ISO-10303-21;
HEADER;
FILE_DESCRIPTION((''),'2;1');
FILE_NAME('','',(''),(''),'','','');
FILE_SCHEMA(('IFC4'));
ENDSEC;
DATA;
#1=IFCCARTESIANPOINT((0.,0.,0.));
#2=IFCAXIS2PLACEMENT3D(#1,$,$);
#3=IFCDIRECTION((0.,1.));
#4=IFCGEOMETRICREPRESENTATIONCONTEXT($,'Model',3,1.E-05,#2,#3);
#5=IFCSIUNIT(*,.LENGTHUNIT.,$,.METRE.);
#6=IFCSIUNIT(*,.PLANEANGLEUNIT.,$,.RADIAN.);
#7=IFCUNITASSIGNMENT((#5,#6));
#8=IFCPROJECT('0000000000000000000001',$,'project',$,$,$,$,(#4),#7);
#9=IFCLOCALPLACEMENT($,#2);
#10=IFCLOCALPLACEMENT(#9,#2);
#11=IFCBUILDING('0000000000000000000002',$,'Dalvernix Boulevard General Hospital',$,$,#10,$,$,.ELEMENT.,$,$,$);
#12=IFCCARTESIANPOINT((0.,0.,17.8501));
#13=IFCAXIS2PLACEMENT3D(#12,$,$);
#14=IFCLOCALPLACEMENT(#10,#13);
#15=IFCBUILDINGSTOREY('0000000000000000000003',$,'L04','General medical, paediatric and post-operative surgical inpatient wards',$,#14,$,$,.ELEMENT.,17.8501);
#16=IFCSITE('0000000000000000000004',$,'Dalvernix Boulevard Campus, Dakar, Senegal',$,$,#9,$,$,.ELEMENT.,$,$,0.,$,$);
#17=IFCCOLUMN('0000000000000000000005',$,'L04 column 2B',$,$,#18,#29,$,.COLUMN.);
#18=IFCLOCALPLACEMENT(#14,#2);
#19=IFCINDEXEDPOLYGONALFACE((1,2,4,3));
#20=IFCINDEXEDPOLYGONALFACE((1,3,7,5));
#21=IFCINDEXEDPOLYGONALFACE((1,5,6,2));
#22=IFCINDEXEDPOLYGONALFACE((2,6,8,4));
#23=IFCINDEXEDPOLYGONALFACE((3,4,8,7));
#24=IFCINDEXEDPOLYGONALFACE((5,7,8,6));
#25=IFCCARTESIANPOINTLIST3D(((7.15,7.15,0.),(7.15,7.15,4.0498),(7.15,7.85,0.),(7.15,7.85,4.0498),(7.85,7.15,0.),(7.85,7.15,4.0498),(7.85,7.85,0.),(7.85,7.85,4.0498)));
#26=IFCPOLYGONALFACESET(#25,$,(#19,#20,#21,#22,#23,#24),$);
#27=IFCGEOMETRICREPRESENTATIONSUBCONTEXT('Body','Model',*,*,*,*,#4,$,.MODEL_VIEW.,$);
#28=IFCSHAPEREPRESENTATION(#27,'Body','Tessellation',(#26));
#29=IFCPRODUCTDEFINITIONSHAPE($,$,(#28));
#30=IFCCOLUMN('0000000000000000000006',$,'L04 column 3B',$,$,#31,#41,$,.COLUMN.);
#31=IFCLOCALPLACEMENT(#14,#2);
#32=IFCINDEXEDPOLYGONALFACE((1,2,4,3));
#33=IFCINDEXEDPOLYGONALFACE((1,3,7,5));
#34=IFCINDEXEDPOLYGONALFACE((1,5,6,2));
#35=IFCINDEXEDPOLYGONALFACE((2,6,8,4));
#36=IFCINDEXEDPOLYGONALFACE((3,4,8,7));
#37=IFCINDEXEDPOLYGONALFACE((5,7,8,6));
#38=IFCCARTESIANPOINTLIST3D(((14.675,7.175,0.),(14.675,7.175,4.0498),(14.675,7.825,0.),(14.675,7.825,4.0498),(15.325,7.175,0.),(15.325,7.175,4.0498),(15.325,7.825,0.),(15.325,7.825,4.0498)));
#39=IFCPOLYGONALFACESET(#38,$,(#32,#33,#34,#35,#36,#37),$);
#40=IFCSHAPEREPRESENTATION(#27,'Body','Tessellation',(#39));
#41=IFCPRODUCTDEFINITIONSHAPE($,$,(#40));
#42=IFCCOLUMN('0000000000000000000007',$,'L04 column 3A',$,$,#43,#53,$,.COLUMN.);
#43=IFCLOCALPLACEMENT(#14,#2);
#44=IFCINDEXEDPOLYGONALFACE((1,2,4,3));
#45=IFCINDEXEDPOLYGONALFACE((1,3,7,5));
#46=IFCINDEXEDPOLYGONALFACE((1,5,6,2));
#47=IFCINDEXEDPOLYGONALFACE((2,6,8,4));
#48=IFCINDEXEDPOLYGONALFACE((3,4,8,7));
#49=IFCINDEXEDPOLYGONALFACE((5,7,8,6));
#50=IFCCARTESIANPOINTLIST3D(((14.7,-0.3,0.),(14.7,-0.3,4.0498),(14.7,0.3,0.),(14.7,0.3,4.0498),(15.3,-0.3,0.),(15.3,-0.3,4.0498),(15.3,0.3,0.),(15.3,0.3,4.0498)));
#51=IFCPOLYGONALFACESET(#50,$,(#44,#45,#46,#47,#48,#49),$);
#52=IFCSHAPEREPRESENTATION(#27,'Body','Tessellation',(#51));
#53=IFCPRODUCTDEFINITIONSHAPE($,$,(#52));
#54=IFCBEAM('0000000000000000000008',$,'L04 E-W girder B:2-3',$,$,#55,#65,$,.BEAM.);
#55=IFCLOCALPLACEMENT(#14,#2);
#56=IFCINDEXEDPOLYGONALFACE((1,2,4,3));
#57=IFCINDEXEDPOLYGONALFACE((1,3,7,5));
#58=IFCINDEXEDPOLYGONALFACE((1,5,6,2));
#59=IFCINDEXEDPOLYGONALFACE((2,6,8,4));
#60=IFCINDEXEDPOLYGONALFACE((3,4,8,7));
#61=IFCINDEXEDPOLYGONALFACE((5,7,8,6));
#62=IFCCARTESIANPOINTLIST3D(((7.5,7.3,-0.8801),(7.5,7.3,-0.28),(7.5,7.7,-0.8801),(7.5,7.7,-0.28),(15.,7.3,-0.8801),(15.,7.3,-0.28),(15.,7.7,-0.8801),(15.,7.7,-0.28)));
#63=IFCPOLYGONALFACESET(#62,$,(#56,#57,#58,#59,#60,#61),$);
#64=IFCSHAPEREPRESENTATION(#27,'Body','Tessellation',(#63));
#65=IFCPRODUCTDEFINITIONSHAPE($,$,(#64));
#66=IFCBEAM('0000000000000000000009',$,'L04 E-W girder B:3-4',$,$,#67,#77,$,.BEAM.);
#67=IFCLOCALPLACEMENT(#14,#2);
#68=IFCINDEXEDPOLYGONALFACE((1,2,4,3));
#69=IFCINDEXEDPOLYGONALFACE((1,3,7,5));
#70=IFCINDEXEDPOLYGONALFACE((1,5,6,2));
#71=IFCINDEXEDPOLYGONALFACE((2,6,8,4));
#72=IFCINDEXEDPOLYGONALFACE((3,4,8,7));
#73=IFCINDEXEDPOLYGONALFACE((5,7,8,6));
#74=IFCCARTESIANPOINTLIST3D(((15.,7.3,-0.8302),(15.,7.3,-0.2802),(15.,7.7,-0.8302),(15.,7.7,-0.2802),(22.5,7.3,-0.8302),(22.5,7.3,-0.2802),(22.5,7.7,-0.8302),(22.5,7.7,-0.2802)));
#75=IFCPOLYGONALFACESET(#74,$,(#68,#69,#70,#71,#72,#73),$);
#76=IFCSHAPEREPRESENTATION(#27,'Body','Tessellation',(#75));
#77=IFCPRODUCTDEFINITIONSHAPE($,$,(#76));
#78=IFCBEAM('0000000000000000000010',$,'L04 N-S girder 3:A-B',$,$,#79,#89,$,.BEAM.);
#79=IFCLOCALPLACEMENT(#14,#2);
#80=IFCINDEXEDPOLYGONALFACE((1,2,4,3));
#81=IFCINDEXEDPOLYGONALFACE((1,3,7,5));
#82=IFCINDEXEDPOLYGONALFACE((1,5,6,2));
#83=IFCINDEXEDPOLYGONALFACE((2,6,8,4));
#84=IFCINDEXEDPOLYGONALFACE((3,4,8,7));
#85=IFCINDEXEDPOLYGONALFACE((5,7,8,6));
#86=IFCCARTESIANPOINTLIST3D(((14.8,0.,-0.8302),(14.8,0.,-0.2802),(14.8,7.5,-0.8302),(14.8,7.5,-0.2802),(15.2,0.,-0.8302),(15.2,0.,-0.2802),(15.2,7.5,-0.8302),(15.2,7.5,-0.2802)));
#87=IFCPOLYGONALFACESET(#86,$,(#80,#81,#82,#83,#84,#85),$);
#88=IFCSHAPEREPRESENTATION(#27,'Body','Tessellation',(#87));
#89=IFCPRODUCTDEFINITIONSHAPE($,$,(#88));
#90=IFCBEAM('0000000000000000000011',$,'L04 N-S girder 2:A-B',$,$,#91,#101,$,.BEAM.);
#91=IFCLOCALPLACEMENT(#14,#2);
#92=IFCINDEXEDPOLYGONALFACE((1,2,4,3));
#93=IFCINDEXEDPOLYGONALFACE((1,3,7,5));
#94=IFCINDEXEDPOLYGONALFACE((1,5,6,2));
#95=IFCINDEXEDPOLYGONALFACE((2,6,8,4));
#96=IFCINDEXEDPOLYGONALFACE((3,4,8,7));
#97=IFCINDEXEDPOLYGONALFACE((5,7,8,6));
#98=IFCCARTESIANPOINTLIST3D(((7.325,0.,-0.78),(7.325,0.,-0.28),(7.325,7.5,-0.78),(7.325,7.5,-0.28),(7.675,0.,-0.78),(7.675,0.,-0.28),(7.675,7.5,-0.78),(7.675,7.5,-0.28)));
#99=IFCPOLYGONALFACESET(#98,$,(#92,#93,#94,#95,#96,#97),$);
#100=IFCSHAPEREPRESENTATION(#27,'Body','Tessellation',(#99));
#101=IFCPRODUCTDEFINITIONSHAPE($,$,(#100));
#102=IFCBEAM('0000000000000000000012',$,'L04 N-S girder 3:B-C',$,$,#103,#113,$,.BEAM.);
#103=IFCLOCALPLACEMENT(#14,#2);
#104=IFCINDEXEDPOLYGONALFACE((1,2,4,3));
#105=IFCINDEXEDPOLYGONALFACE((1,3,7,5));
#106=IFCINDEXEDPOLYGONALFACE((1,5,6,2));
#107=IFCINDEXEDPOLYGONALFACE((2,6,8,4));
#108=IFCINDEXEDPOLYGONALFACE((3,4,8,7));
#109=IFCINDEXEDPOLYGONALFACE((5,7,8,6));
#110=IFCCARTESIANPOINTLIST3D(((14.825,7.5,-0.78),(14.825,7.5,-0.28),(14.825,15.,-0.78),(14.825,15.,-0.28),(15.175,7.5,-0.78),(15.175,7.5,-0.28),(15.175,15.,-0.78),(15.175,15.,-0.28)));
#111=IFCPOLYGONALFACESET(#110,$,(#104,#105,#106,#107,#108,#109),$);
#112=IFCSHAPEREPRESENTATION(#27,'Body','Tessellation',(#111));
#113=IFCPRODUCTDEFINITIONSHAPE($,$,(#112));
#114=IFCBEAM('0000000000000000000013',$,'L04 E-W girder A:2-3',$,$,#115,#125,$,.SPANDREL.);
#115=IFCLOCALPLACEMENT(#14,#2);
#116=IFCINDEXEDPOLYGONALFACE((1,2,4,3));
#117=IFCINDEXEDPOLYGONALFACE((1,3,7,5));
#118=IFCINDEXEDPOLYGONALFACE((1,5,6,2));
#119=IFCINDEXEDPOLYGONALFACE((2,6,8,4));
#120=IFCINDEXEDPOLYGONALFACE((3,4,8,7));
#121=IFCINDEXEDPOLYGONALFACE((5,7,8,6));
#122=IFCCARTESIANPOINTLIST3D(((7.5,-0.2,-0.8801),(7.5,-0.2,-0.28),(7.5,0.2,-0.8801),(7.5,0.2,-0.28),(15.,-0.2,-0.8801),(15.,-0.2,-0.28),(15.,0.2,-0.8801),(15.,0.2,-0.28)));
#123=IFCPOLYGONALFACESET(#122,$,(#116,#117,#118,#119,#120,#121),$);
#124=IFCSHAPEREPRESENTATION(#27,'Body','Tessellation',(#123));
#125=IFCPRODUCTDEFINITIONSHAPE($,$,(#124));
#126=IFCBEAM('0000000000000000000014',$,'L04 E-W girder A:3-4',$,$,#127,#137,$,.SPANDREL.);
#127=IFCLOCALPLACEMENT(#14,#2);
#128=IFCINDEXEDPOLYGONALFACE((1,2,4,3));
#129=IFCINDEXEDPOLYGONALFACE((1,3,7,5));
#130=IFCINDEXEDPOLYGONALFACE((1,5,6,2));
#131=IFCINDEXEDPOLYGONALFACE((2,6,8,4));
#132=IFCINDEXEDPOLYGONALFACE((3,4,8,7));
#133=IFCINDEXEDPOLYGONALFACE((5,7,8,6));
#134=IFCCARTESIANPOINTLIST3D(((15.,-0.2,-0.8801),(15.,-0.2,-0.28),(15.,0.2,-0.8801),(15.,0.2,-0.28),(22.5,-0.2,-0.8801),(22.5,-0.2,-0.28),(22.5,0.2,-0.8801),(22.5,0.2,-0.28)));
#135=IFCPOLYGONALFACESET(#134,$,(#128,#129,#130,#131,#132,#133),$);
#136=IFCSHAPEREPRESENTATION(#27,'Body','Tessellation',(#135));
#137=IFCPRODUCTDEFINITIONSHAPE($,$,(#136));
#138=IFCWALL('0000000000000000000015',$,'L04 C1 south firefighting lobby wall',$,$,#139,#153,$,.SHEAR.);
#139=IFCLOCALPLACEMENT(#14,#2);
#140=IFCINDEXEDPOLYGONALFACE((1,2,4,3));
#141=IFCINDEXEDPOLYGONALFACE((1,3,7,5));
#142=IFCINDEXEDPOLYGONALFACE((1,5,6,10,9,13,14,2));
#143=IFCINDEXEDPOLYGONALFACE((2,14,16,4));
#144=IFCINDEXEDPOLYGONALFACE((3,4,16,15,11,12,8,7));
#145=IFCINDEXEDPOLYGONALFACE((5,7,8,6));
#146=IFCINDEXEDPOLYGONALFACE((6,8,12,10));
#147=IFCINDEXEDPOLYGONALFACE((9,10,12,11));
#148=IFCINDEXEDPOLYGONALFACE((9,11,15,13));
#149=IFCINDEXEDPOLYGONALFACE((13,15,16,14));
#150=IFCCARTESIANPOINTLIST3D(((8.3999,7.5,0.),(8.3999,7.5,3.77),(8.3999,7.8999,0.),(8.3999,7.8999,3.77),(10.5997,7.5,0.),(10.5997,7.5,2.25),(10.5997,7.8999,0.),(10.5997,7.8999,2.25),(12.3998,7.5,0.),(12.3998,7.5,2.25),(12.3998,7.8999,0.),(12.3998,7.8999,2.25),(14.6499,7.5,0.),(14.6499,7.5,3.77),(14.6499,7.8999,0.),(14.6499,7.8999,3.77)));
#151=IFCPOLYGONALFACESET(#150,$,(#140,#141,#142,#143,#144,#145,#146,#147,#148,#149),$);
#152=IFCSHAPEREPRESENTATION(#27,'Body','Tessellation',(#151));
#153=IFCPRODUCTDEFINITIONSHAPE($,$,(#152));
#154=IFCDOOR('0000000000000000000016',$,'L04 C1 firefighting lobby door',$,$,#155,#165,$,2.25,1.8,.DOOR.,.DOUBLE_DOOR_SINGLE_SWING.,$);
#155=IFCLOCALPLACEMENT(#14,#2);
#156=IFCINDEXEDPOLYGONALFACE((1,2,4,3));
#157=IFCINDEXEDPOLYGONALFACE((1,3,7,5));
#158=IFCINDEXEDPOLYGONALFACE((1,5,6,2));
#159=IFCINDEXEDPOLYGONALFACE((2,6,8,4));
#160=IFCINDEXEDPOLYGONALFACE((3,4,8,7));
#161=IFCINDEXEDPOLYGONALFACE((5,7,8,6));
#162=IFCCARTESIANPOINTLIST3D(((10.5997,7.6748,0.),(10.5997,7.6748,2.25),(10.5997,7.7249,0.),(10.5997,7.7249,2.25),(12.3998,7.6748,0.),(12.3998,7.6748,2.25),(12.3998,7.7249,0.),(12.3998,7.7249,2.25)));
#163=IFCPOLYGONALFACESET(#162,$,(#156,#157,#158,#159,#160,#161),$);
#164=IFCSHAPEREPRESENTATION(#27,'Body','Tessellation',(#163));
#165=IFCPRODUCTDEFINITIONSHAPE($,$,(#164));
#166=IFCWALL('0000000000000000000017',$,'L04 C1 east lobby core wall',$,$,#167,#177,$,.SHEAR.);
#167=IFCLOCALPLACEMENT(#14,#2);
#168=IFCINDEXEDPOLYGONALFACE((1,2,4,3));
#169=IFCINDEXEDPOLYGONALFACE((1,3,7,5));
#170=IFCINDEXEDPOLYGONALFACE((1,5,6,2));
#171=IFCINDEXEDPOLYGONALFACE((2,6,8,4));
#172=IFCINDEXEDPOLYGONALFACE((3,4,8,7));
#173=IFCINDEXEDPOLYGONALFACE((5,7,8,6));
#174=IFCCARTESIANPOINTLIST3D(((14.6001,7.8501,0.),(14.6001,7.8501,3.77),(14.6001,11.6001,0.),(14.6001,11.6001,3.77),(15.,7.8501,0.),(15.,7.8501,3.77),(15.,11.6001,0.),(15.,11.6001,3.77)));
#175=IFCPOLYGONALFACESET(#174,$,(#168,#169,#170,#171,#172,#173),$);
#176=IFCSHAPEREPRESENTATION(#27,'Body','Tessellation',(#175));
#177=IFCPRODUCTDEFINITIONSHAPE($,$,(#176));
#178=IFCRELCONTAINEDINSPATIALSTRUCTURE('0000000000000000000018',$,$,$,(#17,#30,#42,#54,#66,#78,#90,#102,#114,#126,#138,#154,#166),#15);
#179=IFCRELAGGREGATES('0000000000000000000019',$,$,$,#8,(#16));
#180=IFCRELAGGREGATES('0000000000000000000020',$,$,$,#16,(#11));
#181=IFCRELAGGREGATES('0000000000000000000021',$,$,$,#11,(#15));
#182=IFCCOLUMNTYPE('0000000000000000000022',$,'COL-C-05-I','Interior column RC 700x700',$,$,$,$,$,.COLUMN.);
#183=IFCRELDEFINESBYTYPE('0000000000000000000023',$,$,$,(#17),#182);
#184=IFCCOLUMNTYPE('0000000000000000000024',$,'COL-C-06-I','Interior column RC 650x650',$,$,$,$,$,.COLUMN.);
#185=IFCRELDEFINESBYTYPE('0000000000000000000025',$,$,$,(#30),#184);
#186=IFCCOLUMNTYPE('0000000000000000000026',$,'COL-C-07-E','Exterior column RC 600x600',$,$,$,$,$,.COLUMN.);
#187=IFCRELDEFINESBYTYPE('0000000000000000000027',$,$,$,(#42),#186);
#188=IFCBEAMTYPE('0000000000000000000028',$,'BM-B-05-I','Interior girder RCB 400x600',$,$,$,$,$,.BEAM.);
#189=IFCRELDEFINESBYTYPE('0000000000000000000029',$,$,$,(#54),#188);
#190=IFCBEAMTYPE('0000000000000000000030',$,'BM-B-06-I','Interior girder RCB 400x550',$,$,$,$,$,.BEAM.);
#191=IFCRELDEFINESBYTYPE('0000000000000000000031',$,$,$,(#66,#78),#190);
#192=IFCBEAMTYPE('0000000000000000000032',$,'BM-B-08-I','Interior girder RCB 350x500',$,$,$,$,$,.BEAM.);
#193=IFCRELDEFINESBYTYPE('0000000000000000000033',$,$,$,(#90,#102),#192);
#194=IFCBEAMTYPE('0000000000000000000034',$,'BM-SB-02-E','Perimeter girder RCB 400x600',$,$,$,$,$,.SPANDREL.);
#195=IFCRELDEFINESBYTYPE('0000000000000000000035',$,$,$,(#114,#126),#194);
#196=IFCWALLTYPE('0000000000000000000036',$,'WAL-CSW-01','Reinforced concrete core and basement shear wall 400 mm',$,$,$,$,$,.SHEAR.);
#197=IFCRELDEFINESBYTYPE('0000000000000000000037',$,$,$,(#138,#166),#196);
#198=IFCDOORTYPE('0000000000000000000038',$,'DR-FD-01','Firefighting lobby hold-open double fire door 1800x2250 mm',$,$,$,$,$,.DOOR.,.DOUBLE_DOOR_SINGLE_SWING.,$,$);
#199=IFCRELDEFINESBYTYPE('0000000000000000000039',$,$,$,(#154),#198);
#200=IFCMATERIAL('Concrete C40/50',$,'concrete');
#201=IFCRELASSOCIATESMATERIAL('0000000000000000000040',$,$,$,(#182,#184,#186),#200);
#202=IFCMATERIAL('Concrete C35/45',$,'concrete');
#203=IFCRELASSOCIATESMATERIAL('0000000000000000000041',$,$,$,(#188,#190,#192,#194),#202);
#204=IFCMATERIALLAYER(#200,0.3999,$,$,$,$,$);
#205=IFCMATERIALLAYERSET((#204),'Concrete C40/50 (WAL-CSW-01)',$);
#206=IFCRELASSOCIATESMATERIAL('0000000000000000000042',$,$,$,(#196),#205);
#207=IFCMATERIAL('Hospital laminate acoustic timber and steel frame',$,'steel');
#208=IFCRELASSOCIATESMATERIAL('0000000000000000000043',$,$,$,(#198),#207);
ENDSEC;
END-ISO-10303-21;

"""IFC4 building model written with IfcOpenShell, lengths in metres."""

from ifc_helpers import new_model, si_unit, direction, frame, frame_2d, origin, origin_2d, place, context, subcontext, project, spatial, rectangle, extrude, material, layer, layer_set, material_profile, profile_set, type_object, element, fill, save


model = new_model("IFC4")

# Units and contexts
model_context = context("Model", 3, precision=1e-05, world=origin(), true_north=direction((0.0, 1.0)))
body_context = subcontext(model_context, "Body", "Model", "MODEL_VIEW")
ifc_project = project(units=[si_unit("LENGTHUNIT", "METRE"), si_unit("PLANEANGLEUNIT", "RADIAN")], contexts=[model_context])

# Site, building, storey
site_placement = place(None, origin())
site = spatial("IfcSite", under=ifc_project, at=site_placement, Name="Dalvernix Boulevard Campus, Dakar, Senegal", CompositionType="ELEMENT", RefElevation=0.0)
building_placement = place(site_placement, origin())
building = spatial("IfcBuilding", under=site, at=building_placement, Name="Dalvernix Boulevard General Hospital", CompositionType="ELEMENT")
storey_placement = place(building_placement, frame((0.0, 0.0, 17.8501)))
storey = spatial("IfcBuildingStorey", under=building, at=storey_placement, Name="L04", Description="General medical, paediatric and post-operative surgical inpatient wards", CompositionType="ELEMENT", Elevation=17.8501)

# Columns
ifc_material_1 = material(Name="Concrete C40/50", Category="concrete")
ifc_material_profile_1 = material_profile(ifc_material_1, rectangle(XDim=0.7, YDim=0.7, at=origin_2d()), Name="RC 700x700")
ifc_profile_set_1 = profile_set([ifc_material_profile_1], Name="Concrete C40/50")
column_type_1 = type_object("IfcColumnType", Name="COL-C-05-I", Description="Interior column RC 700x700", PredefinedType="COLUMN", material=ifc_profile_set_1)
column_1_placement = place(storey_placement, frame((7.5, 7.5, 0.0), z_axis=(0.0, 0.0, 1.0), x_axis=(1.0, 0.0, 0.0)))
element("IfcColumn", 1, at=column_1_placement, inside=storey, type_object=column_type_1, Name="L04 column 2B", PredefinedType="COLUMN", context=body_context, shape_type="SweptSolid", body=[
    extrude(rectangle(XDim=0.7, YDim=0.7, at=origin_2d()), origin(), (0.0, 0.0, 1.0), 4.0498),
])
ifc_material_profile_2 = material_profile(ifc_material_1, rectangle(XDim=0.6499, YDim=0.6499, at=origin_2d()), Name="RC 650x650")
ifc_profile_set_2 = profile_set([ifc_material_profile_2], Name="Concrete C40/50")
column_type_2 = type_object("IfcColumnType", Name="COL-C-06-I", Description="Interior column RC 650x650", PredefinedType="COLUMN", material=ifc_profile_set_2)
column_2_placement = place(storey_placement, frame((15.0, 7.5, 0.0), z_axis=(0.0, 0.0, 1.0), x_axis=(1.0, 0.0, 0.0)))
element("IfcColumn", 2, at=column_2_placement, inside=storey, type_object=column_type_2, Name="L04 column 3B", PredefinedType="COLUMN", context=body_context, shape_type="SweptSolid", body=[
    extrude(rectangle(XDim=0.6499, YDim=0.6499, at=origin_2d()), origin(), (0.0, 0.0, 1.0), 4.0498),
])
ifc_material_profile_3 = material_profile(ifc_material_1, rectangle(XDim=0.6001, YDim=0.6001, at=origin_2d()), Name="RC 600x600")
ifc_profile_set_3 = profile_set([ifc_material_profile_3], Name="Concrete C40/50")
column_type_3 = type_object("IfcColumnType", Name="COL-C-07-E", Description="Exterior column RC 600x600", PredefinedType="COLUMN", material=ifc_profile_set_3)
column_3_placement = place(storey_placement, frame((15.0, 0.0, 0.0), z_axis=(0.0, 0.0, 1.0), x_axis=(1.0, 0.0, 0.0)))
element("IfcColumn", 3, at=column_3_placement, inside=storey, type_object=column_type_3, Name="L04 column 3A", PredefinedType="COLUMN", context=body_context, shape_type="SweptSolid", body=[
    extrude(rectangle(XDim=0.6001, YDim=0.6001, at=origin_2d()), origin(), (0.0, 0.0, 1.0), 4.0498),
])

# Beams
ifc_material_2 = material(Name="Concrete C35/45", Category="concrete")
ifc_material_profile_4 = material_profile(ifc_material_2, rectangle(XDim=0.3999, YDim=0.6001, at=origin_2d()), Name="RCB 400x600")
ifc_profile_set_4 = profile_set([ifc_material_profile_4], Name="Concrete C35/45")
beam_type_1 = type_object("IfcBeamType", Name="BM-B-05-I", Description="Interior girder RCB 400x600", PredefinedType="BEAM", material=ifc_profile_set_4)
beam_placement = place(storey_placement, frame((7.5, 7.5, -0.5801), z_axis=(1.0, 0.0, 0.0), x_axis=(0.0, 1.0, 0.0)))
element("IfcBeam", 4, at=beam_placement, inside=storey, type_object=beam_type_1, Name="L04 E-W girder B:2-3", PredefinedType="BEAM", context=body_context, shape_type="SweptSolid", body=[
    extrude(rectangle(XDim=0.3999, YDim=0.6001, at=origin_2d()), origin(), (0.0, 0.0, 1.0), 7.5),
])
ifc_material_profile_5 = material_profile(ifc_material_2, rectangle(XDim=0.3999, YDim=0.55, at=origin_2d()), Name="RCB 400x550")
ifc_profile_set_5 = profile_set([ifc_material_profile_5], Name="Concrete C35/45")
beam_type_2 = type_object("IfcBeamType", Name="BM-B-06-I", Description="Interior girder RCB 400x550", PredefinedType="BEAM", material=ifc_profile_set_5)
for number, where, z_axis, x_axis, name in (
    (5, (15.0, 7.5, -0.5552), (1.0, 0.0, 0.0), (0.0, 1.0, 0.0), "L04 E-W girder B:3-4"),
    (6, (15.0, 0.0, -0.5552), (0.0, 1.0, 0.0), (-1.0, 0.0, 0.0), "L04 N-S girder 3:A-B"),
):
    element("IfcBeam", number, at=place(storey_placement, frame(where, z_axis=z_axis, x_axis=x_axis)), inside=storey, type_object=beam_type_2, Name=name, PredefinedType="BEAM", context=body_context, shape_type="SweptSolid", body=[
        extrude(rectangle(XDim=0.3999, YDim=0.55, at=origin_2d()), origin(), (0.0, 0.0, 1.0), 7.5),
    ])
ifc_material_profile_6 = material_profile(ifc_material_2, rectangle(XDim=0.3501, YDim=0.5, at=origin_2d()), Name="RCB 350x500")
ifc_profile_set_6 = profile_set([ifc_material_profile_6], Name="Concrete C35/45")
beam_type_3 = type_object("IfcBeamType", Name="BM-B-08-I", Description="Interior girder RCB 350x500", PredefinedType="BEAM", material=ifc_profile_set_6)
for number, where, z_axis, x_axis, name in (
    (7, (7.5, 0.0, -0.53), (0.0, 1.0, 0.0), (-1.0, 0.0, 0.0), "L04 N-S girder 2:A-B"),
    (8, (15.0, 7.5, -0.53), (0.0, 1.0, 0.0), (-1.0, 0.0, 0.0), "L04 N-S girder 3:B-C"),
):
    element("IfcBeam", number, at=place(storey_placement, frame(where, z_axis=z_axis, x_axis=x_axis)), inside=storey, type_object=beam_type_3, Name=name, PredefinedType="BEAM", context=body_context, shape_type="SweptSolid", body=[
        extrude(rectangle(XDim=0.3501, YDim=0.5, at=origin_2d()), origin(), (0.0, 0.0, 1.0), 7.5),
    ])
ifc_material_profile_7 = material_profile(ifc_material_2, rectangle(XDim=0.3999, YDim=0.6001, at=origin_2d()), Name="RCB 400x600")
ifc_profile_set_7 = profile_set([ifc_material_profile_7], Name="Concrete C35/45")
beam_type_4 = type_object("IfcBeamType", Name="BM-SB-02-E", Description="Perimeter girder RCB 400x600", PredefinedType="SPANDREL", material=ifc_profile_set_7)
for number, where, z_axis, x_axis, name in (
    (9, (7.5, 0.0, -0.5801), (1.0, 0.0, 0.0), (0.0, 1.0, 0.0), "L04 E-W girder A:2-3"),
    (10, (15.0, 0.0, -0.5801), (1.0, 0.0, 0.0), (0.0, 1.0, 0.0), "L04 E-W girder A:3-4"),
):
    element("IfcBeam", number, at=place(storey_placement, frame(where, z_axis=z_axis, x_axis=x_axis)), inside=storey, type_object=beam_type_4, Name=name, PredefinedType="SPANDREL", context=body_context, shape_type="SweptSolid", body=[
        extrude(rectangle(XDim=0.3999, YDim=0.6001, at=origin_2d()), origin(), (0.0, 0.0, 1.0), 7.5),
    ])

# Wall, opening, door
ifc_layer_1 = layer(ifc_material_1, 0.3999)
ifc_layer_set_1 = layer_set([ifc_layer_1], Name="Concrete C40/50 (WAL-CSW-01)")
wall_type_1 = type_object("IfcWallType", Name="WAL-CSW-01", Description="Reinforced concrete core and basement shear wall 400 mm", PredefinedType="SHEAR", material=ifc_layer_set_1)
wall_1_placement = place(storey_placement, frame((8.3999, 7.7, 0.0), z_axis=(0.0, 0.0, 1.0), x_axis=(1.0, 0.0, 0.0)))
wall_1 = element("IfcWall", 11, at=wall_1_placement, inside=storey, type_object=wall_type_1, Name="L04 C1 south firefighting lobby wall", PredefinedType="SHEAR", context=body_context, shape_type="SweptSolid", body=[
    extrude(rectangle(XDim=6.25, YDim=0.3999, at=frame_2d((3.125, 0.0))), origin(), (0.0, 0.0, 1.0), 3.77),
])
opening_1_placement = place(wall_1_placement, frame((2.2, 0.0, 0.0)))
opening_1 = element("IfcOpeningElement", 12, at=opening_1_placement, cuts=wall_1, PredefinedType="OPENING", context=body_context, shape_type="SweptSolid", body=[
    extrude(rectangle(XDim=1.8, YDim=2.25, at=frame_2d((0.8999, 1.125))), frame((0.0, 0.21, 0.0), z_axis=(0.0, -1.0, 0.0), x_axis=(1.0, 0.0, 0.0)), (0.0, 0.0, 1.0), 0.4199),
])
ifc_material_3 = material(Name="Hospital laminate acoustic timber and steel frame", Category="steel")
door_type_1 = type_object("IfcDoorType", Name="DR-FD-01", Description="Firefighting lobby hold-open double fire door 1800x2250 mm", OperationType="DOUBLE_DOOR_SINGLE_SWING", PredefinedType="DOOR", material=ifc_material_3)
door_1_placement = place(opening_1_placement, origin())
door_1 = element("IfcDoor", 13, at=door_1_placement, inside=storey, type_object=door_type_1, Name="L04 C1 firefighting lobby door", OperationType="DOUBLE_DOOR_SINGLE_SWING", OverallHeight=2.25, OverallWidth=1.8, PredefinedType="DOOR", context=body_context, shape_type="SweptSolid", body=[
    extrude(rectangle(XDim=1.8, YDim=2.25, at=frame_2d((0.8999, 1.125))), frame((0.0, 0.0249, 0.0), z_axis=(0.0, -1.0, 0.0), x_axis=(1.0, 0.0, 0.0)), (0.0, 0.0, 1.0), 0.05),
])
fill(opening_1, door_1)

# Wall
wall_2_placement = place(storey_placement, frame((14.8, 7.8501, 0.0), z_axis=(0.0, 0.0, 1.0), x_axis=(0.0, 1.0, 0.0)))
element("IfcWall", 14, at=wall_2_placement, inside=storey, type_object=wall_type_1, Name="L04 C1 east lobby core wall", PredefinedType="SHEAR", context=body_context, shape_type="SweptSolid", body=[
    extrude(rectangle(XDim=3.75, YDim=0.3999, at=frame_2d((1.875, 0.0))), origin(), (0.0, 0.0, 1.0), 3.77),
])

save(model, "model.ifc")
